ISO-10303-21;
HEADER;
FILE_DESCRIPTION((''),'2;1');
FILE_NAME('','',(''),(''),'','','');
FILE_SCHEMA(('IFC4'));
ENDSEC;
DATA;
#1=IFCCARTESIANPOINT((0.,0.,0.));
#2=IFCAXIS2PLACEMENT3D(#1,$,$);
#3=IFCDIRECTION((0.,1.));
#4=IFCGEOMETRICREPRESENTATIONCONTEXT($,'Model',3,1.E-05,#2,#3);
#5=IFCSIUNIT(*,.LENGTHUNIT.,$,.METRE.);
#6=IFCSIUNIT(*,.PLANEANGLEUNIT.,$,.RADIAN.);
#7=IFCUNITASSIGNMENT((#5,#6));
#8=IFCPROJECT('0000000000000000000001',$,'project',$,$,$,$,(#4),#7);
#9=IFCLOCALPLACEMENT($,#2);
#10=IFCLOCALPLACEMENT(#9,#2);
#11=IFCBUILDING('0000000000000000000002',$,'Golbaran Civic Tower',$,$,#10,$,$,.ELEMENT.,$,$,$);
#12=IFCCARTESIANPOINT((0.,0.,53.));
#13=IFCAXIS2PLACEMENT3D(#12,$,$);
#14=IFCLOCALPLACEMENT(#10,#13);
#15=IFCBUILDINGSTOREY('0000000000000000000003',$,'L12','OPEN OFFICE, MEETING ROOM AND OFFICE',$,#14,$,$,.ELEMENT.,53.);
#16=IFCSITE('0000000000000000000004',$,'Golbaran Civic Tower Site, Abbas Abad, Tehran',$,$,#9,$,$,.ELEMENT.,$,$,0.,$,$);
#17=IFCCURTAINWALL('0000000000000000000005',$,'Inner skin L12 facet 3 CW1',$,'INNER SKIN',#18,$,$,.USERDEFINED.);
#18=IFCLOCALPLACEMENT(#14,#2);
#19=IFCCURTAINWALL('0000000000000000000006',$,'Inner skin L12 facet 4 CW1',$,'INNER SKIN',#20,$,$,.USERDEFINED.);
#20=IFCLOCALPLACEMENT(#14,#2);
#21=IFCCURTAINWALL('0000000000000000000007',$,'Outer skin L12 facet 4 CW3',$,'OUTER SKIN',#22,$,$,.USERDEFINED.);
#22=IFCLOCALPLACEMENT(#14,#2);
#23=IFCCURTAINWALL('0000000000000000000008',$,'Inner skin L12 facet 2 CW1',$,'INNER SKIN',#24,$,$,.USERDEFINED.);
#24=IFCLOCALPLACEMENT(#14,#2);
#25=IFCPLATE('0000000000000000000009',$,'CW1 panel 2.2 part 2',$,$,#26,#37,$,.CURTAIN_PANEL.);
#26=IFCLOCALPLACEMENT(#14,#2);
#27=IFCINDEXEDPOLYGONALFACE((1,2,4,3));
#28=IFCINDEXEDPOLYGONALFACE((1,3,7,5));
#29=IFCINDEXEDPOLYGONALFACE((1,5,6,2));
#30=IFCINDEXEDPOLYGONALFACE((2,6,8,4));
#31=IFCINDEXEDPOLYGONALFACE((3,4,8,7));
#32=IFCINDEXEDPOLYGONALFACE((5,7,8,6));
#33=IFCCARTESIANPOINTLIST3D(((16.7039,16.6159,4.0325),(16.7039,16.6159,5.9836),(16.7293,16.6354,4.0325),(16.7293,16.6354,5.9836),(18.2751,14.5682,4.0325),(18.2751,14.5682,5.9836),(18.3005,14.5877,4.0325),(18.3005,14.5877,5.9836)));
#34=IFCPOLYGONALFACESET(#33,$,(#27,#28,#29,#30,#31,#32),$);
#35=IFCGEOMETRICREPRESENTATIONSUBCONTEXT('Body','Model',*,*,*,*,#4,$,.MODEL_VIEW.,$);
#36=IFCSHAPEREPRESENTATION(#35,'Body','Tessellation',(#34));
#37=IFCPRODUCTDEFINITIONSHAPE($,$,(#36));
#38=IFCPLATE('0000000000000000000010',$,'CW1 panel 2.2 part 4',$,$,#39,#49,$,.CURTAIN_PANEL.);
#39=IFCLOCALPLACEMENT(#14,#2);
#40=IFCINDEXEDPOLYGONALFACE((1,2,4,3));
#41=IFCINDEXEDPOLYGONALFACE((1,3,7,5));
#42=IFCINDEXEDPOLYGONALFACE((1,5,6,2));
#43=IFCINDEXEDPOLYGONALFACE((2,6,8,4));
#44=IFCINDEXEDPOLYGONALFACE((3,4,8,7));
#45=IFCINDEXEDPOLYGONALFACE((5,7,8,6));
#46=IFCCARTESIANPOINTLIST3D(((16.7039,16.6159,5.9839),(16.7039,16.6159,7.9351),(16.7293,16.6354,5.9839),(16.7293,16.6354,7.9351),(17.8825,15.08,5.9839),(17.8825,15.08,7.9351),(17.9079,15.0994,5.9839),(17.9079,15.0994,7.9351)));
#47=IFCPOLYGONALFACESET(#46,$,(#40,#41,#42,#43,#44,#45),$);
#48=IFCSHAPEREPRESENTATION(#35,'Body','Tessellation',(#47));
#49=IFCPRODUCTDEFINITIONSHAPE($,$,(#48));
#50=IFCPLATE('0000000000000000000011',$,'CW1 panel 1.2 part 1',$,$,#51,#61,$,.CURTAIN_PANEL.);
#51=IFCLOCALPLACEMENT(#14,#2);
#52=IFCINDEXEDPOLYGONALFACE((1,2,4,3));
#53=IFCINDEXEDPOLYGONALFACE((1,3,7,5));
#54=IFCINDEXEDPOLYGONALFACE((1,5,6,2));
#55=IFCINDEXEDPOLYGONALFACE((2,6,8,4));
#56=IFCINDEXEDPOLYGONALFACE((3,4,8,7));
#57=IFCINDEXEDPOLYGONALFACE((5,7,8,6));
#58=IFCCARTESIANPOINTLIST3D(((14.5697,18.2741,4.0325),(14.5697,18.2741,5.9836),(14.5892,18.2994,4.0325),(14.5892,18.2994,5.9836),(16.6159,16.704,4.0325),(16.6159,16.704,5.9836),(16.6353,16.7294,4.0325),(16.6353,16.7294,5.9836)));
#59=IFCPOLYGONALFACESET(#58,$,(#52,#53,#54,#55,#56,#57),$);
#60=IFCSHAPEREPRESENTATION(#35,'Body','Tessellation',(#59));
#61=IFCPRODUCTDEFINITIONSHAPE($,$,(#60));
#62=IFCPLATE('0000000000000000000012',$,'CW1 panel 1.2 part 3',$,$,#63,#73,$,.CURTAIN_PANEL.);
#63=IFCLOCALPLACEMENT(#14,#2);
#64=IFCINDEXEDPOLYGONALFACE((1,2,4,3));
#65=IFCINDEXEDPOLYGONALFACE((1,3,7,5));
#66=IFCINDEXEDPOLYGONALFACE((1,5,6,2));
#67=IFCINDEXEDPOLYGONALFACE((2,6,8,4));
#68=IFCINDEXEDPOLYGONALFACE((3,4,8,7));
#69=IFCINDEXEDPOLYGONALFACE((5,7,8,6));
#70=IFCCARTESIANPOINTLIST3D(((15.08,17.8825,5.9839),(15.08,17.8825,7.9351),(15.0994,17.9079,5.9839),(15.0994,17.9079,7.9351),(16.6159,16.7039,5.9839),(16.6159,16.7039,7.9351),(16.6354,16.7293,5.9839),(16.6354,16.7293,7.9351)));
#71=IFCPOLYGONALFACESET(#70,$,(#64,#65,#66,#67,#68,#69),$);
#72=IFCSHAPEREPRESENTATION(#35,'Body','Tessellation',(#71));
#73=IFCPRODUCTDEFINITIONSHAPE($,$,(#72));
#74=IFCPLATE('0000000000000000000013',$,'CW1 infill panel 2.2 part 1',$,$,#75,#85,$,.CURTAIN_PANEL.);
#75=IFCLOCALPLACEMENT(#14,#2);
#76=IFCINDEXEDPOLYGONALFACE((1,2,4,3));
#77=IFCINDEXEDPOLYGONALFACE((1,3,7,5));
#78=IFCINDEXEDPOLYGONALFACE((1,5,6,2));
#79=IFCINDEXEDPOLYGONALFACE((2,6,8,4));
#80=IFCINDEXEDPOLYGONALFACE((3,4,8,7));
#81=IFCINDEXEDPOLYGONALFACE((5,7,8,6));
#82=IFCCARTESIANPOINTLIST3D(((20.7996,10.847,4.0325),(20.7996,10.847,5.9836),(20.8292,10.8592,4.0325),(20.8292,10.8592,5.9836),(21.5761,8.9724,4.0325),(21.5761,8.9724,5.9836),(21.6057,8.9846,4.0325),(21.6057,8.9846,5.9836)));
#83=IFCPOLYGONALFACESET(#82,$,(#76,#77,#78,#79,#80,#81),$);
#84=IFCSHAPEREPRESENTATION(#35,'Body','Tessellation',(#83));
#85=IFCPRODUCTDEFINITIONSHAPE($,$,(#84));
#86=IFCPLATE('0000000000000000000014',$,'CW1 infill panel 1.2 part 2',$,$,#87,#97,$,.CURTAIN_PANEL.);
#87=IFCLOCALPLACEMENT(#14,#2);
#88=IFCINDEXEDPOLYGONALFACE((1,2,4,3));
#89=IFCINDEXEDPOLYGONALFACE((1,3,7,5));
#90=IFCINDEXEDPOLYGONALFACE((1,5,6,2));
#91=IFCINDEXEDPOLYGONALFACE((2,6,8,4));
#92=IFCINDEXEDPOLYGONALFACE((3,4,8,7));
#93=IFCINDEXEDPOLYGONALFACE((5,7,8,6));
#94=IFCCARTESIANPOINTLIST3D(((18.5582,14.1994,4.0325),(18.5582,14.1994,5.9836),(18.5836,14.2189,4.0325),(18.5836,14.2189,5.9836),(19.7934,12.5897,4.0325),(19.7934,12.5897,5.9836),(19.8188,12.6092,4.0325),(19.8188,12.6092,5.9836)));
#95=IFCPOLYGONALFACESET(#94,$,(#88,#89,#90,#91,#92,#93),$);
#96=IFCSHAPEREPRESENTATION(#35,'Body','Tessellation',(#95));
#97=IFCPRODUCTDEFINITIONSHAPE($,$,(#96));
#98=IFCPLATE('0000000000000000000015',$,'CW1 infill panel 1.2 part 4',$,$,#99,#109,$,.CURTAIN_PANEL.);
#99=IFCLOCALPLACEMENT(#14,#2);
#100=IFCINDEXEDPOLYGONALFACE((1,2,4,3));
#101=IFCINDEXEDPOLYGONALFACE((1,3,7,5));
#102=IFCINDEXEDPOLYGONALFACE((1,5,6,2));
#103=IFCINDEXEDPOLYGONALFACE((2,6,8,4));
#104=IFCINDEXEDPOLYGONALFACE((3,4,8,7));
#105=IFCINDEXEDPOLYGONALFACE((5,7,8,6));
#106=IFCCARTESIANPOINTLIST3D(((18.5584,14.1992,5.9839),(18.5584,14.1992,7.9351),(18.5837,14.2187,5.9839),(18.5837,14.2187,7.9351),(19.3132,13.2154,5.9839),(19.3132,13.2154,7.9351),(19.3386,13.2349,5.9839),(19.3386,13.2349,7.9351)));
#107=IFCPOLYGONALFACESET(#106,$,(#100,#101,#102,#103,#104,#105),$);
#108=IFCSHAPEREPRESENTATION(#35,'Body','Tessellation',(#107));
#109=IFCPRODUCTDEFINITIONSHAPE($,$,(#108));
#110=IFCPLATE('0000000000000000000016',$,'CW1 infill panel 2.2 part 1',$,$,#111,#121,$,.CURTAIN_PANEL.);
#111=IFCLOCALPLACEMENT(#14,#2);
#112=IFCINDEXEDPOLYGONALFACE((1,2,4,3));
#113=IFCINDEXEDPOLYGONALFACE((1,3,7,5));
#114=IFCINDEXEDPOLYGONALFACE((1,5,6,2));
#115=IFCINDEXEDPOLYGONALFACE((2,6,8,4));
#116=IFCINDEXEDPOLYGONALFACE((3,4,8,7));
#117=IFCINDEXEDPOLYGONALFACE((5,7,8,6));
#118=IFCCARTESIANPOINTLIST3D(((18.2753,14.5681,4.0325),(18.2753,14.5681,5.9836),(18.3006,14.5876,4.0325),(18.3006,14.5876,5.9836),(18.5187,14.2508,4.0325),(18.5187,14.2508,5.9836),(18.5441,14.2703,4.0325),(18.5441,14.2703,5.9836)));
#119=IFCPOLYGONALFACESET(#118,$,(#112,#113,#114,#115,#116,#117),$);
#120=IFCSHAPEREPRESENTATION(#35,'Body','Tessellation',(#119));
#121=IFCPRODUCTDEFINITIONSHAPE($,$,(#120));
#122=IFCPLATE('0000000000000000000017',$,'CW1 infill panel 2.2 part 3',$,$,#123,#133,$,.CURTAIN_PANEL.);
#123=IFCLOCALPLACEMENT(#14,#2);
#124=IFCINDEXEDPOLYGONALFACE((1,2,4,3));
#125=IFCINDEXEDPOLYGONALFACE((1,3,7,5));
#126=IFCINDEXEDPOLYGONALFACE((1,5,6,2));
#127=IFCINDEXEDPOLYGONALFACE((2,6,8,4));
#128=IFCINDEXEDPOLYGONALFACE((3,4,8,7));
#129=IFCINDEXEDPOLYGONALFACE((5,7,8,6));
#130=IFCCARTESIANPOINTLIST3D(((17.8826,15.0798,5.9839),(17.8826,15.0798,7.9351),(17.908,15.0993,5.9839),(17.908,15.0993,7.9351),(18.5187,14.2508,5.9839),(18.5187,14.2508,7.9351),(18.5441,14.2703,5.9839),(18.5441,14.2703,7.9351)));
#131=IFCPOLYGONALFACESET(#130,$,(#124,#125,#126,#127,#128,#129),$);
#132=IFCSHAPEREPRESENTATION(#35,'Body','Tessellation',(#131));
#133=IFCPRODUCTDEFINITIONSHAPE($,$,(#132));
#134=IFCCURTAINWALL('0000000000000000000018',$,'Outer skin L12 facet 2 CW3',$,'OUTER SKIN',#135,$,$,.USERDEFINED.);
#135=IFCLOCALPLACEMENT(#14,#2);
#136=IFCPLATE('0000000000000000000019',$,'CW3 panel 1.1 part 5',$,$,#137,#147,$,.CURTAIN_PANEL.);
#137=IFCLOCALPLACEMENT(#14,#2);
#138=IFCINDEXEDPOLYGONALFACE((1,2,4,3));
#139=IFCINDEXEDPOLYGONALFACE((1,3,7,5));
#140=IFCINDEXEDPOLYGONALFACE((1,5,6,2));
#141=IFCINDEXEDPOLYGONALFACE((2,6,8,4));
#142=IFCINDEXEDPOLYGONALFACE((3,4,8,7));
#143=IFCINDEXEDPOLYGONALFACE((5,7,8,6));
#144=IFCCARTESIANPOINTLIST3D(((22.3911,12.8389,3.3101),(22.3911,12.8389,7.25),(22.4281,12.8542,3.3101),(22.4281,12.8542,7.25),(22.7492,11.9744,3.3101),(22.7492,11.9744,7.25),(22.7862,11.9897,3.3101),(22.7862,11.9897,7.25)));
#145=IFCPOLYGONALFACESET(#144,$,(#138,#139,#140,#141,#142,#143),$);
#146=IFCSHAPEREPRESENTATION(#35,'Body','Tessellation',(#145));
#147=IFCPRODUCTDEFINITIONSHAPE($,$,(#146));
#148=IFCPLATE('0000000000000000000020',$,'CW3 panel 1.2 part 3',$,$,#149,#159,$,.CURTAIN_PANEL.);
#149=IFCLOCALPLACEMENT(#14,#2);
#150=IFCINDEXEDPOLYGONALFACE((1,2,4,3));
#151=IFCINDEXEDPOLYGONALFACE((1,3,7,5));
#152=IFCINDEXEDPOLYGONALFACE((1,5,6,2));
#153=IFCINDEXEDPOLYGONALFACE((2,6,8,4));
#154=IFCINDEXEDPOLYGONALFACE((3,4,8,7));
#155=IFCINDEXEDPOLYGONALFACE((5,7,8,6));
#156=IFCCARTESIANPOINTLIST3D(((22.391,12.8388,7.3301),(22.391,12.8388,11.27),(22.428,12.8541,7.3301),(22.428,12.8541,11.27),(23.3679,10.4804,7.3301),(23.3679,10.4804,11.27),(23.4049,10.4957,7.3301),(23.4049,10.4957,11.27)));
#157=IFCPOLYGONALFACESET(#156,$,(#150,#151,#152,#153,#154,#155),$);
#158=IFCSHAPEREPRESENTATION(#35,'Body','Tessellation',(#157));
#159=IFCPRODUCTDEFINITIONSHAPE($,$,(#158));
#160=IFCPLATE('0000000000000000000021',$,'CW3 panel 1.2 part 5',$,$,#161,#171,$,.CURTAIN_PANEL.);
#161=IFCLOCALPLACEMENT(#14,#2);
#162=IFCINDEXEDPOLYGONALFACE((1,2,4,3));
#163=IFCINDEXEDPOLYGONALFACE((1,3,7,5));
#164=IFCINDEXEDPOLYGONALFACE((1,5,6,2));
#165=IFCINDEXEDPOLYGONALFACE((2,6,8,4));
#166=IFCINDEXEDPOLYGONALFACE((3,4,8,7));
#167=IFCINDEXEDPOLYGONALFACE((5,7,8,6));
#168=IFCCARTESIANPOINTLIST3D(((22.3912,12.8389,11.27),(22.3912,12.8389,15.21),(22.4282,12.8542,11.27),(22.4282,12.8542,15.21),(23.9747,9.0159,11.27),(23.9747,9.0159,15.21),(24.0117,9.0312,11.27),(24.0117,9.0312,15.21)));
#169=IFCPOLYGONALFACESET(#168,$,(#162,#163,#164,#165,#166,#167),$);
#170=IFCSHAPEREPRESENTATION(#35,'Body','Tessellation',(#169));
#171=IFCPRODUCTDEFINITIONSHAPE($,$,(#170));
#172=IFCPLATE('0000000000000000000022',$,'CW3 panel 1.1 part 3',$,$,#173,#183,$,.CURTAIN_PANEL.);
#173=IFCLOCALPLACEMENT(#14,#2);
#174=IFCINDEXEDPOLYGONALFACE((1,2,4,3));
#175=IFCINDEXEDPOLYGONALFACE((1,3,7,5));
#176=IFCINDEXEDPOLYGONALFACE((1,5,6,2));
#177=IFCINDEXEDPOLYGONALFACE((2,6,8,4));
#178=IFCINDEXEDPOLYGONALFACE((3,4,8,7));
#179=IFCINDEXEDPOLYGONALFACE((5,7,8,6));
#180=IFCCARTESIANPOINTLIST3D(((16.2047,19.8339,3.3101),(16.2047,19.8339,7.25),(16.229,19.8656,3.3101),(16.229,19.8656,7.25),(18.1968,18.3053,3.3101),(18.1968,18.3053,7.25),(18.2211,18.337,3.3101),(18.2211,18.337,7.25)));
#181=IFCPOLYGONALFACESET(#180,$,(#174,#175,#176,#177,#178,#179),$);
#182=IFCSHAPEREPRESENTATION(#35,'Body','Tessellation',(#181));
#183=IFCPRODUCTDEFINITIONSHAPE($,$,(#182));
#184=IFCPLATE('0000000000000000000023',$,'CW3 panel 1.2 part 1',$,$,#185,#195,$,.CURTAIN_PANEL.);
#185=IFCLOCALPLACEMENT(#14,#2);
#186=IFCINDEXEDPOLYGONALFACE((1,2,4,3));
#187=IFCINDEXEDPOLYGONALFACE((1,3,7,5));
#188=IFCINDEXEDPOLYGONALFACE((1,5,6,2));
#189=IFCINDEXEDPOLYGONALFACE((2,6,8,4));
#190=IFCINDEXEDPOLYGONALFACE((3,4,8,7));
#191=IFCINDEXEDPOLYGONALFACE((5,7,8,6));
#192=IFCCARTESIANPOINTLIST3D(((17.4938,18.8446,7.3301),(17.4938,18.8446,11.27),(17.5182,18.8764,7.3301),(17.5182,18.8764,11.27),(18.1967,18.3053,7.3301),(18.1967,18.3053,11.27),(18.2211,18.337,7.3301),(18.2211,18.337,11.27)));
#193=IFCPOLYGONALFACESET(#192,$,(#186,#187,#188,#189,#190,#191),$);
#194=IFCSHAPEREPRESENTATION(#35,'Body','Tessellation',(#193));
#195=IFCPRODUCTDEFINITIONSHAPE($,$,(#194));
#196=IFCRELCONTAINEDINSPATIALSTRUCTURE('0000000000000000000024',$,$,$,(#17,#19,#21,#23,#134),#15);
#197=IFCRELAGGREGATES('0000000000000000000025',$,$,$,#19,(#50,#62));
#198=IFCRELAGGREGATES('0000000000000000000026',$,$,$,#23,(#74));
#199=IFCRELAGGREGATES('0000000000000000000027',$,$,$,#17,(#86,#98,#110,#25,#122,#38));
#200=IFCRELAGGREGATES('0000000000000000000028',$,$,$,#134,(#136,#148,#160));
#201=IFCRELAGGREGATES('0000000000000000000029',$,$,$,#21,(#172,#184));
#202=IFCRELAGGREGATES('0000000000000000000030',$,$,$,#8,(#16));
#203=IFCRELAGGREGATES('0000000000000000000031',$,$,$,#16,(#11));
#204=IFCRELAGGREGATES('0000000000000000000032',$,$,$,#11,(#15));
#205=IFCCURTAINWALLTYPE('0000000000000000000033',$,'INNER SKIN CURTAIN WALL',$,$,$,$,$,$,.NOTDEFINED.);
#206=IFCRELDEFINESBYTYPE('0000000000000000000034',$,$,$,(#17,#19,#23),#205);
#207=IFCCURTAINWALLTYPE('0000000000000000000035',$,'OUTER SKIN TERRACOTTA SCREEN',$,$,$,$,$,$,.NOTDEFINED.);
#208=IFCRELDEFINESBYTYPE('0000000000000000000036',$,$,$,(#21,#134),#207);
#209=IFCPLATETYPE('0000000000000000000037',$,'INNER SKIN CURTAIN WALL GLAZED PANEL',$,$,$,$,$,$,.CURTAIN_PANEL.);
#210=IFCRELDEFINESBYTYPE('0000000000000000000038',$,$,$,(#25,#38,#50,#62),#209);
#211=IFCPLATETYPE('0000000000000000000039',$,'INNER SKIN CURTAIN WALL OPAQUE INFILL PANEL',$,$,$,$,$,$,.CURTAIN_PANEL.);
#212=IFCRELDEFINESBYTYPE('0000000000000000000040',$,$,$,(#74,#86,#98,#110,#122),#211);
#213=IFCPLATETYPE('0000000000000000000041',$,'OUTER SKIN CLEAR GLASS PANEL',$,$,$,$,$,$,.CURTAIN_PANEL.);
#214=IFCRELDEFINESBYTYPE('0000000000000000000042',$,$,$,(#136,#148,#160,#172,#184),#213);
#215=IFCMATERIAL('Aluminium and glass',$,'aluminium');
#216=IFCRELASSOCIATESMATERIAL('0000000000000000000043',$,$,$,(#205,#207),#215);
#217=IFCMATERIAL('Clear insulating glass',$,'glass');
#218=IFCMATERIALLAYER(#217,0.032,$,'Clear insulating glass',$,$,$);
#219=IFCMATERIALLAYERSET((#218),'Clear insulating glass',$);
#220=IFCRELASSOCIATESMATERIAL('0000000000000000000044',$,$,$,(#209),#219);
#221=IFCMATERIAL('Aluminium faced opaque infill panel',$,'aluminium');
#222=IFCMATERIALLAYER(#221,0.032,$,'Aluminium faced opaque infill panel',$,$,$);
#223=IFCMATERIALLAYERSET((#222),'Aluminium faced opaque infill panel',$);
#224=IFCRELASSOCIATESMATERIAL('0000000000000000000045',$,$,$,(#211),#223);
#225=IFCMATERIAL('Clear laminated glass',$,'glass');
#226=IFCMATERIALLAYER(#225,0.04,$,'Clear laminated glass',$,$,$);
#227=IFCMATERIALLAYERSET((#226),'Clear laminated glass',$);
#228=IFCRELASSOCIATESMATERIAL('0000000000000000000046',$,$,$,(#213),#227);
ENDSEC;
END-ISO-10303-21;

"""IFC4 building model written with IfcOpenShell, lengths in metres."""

from ifc_helpers import new_model, si_unit, direction, frame, origin, origin_2d, place, context, subcontext, project, spatial, rectangle, extrude, material, layer, layer_set, type_object, element, aggregate, save


model = new_model("IFC4")

# Units and contexts
model_context = context("Model", 3, precision=1e-05, world=origin(), true_north=direction((0.0, 1.0)))
body_context = subcontext(model_context, "Body", "Model", "MODEL_VIEW")
ifc_project = project(units=[si_unit("LENGTHUNIT", "METRE"), si_unit("PLANEANGLEUNIT", "RADIAN")], contexts=[model_context])

# Site, building, storey
site_placement = place(None, origin())
site = spatial("IfcSite", under=ifc_project, at=site_placement, Name="Golbaran Civic Tower Site, Abbas Abad, Tehran", CompositionType="ELEMENT", RefElevation=0.0)
building_placement = place(site_placement, origin())
building = spatial("IfcBuilding", under=site, at=building_placement, Name="Golbaran Civic Tower", CompositionType="ELEMENT")
storey_placement = place(building_placement, frame((0.0, 0.0, 53.0)))
storey = spatial("IfcBuildingStorey", under=building, at=storey_placement, Name="L12", Description="OPEN OFFICE, MEETING ROOM AND OFFICE", CompositionType="ELEMENT", Elevation=53.0)

# Curtain walls
ifc_material_1 = material(Name="Aluminium and glass", Category="aluminium")
curtain_wall_type_1 = type_object("IfcCurtainWallType", Name="INNER SKIN CURTAIN WALL", PredefinedType="NOTDEFINED", material=ifc_material_1)
curtain_wall_1_placement = place(storey_placement, origin())
curtain_wall_1 = element("IfcCurtainWall", 1, at=curtain_wall_1_placement, inside=storey, type_object=curtain_wall_type_1, Name="Inner skin L12 facet 3 CW1", ObjectType="INNER SKIN", PredefinedType="USERDEFINED")
curtain_wall_2_placement = place(storey_placement, origin())
curtain_wall_2 = element("IfcCurtainWall", 2, at=curtain_wall_2_placement, inside=storey, type_object=curtain_wall_type_1, Name="Inner skin L12 facet 4 CW1", ObjectType="INNER SKIN", PredefinedType="USERDEFINED")
curtain_wall_type_2 = type_object("IfcCurtainWallType", Name="OUTER SKIN TERRACOTTA SCREEN", PredefinedType="NOTDEFINED", material=ifc_material_1)
curtain_wall_3_placement = place(storey_placement, origin())
curtain_wall_3 = element("IfcCurtainWall", 3, at=curtain_wall_3_placement, inside=storey, type_object=curtain_wall_type_2, Name="Outer skin L12 facet 4 CW3", ObjectType="OUTER SKIN", PredefinedType="USERDEFINED")

# Curtain wall
curtain_wall_4_placement = place(storey_placement, origin())
curtain_wall_4 = element("IfcCurtainWall", 4, at=curtain_wall_4_placement, inside=storey, type_object=curtain_wall_type_1, Name="Inner skin L12 facet 2 CW1", ObjectType="INNER SKIN", PredefinedType="USERDEFINED")
ifc_material_2 = material(Name="Clear insulating glass", Category="glass")
ifc_layer_1 = layer(ifc_material_2, 0.032, Name="Clear insulating glass")
ifc_layer_set_1 = layer_set([ifc_layer_1], Name="Clear insulating glass")
plate_type_1 = type_object("IfcPlateType", Name="INNER SKIN CURTAIN WALL GLAZED PANEL", PredefinedType="CURTAIN_PANEL", material=ifc_layer_set_1)

# Plates
plate_1_placement = place(storey_placement, frame((17.5022, 15.6018, 4.0325), z_axis=(0.0, 0.0, 1.0), x_axis=(-0.608761, 0.793353, 0.0)))
plate_1 = element("IfcPlate", 5, at=plate_1_placement, type_object=plate_type_1, Name="CW1 panel 2.2 part 2", PredefinedType="CURTAIN_PANEL", context=body_context, shape_type="SweptSolid", body=[
    extrude(rectangle(XDim=2.5811, YDim=0.032, at=origin_2d()), origin(), (0.0, 0.0, 1.0), 1.9512),
])
plate_2_placement = place(storey_placement, frame((17.3059, 15.8577, 5.9839), z_axis=(0.0, 0.0, 1.0), x_axis=(-0.608761, 0.793353, 0.0)))
plate_2 = element("IfcPlate", 6, at=plate_2_placement, type_object=plate_type_1, Name="CW1 panel 2.2 part 4", PredefinedType="CURTAIN_PANEL", context=body_context, shape_type="SweptSolid", body=[
    extrude(rectangle(XDim=1.936, YDim=0.032, at=origin_2d()), origin(), (0.0, 0.0, 1.0), 1.9512),
])
plate_3_placement = place(storey_placement, frame((15.6025, 17.5017, 4.0325), z_axis=(0.0, 0.0, 1.0), x_axis=(-0.793353, 0.608761, 0.0)))
plate_3 = element("IfcPlate", 7, at=plate_3_placement, type_object=plate_type_1, Name="CW1 panel 1.2 part 1", PredefinedType="CURTAIN_PANEL", context=body_context, shape_type="SweptSolid", body=[
    extrude(rectangle(XDim=2.5791, YDim=0.032, at=origin_2d()), origin(), (0.0, 0.0, 1.0), 1.9512),
])
plate_4_placement = place(storey_placement, frame((15.8577, 17.3059, 5.9839), z_axis=(0.0, 0.0, 1.0), x_axis=(-0.793353, 0.608761, 0.0)))
plate_4 = element("IfcPlate", 8, at=plate_4_placement, type_object=plate_type_1, Name="CW1 panel 1.2 part 3", PredefinedType="CURTAIN_PANEL", context=body_context, shape_type="SweptSolid", body=[
    extrude(rectangle(XDim=1.936, YDim=0.032, at=origin_2d()), origin(), (0.0, 0.0, 1.0), 1.9512),
])
aggregate(curtain_wall_2, [plate_3, plate_4])
ifc_material_3 = material(Name="Aluminium faced opaque infill panel", Category="aluminium")
ifc_layer_2 = layer(ifc_material_3, 0.032, Name="Aluminium faced opaque infill panel")
ifc_layer_set_2 = layer_set([ifc_layer_2], Name="Aluminium faced opaque infill panel")
plate_type_2 = type_object("IfcPlateType", Name="INNER SKIN CURTAIN WALL OPAQUE INFILL PANEL", PredefinedType="CURTAIN_PANEL", material=ifc_layer_set_2)
plate_5_placement = place(storey_placement, frame((21.2026, 9.9158, 4.0325), z_axis=(0.0, 0.0, 1.0), x_axis=(-0.382683, 0.92388, 0.0)))
plate_5 = element("IfcPlate", 9, at=plate_5_placement, type_object=plate_type_2, Name="CW1 infill panel 2.2 part 1", PredefinedType="CURTAIN_PANEL", context=body_context, shape_type="SweptSolid", body=[
    extrude(rectangle(XDim=2.0291, YDim=0.032, at=origin_2d()), origin(), (0.0, 0.0, 1.0), 1.9512),
])
aggregate(curtain_wall_4, [plate_5])
plate_6_placement = place(storey_placement, frame((19.1885, 13.4043, 4.0325), z_axis=(0.0, 0.0, 1.0), x_axis=(-0.608761, 0.793353, 0.0)))
plate_6 = element("IfcPlate", 10, at=plate_6_placement, type_object=plate_type_2, Name="CW1 infill panel 1.2 part 2", PredefinedType="CURTAIN_PANEL", context=body_context, shape_type="SweptSolid", body=[
    extrude(rectangle(XDim=2.0291, YDim=0.032, at=origin_2d()), origin(), (0.0, 0.0, 1.0), 1.9512),
])
plate_7_placement = place(storey_placement, frame((18.9485, 13.717, 5.9839), z_axis=(0.0, 0.0, 1.0), x_axis=(-0.608761, 0.793353, 0.0)))
plate_7 = element("IfcPlate", 11, at=plate_7_placement, type_object=plate_type_2, Name="CW1 infill panel 1.2 part 4", PredefinedType="CURTAIN_PANEL", context=body_context, shape_type="SweptSolid", body=[
    extrude(rectangle(XDim=1.24, YDim=0.032, at=origin_2d()), origin(), (0.0, 0.0, 1.0), 1.9512),
])
plate_8_placement = place(storey_placement, frame((18.4097, 14.4192, 4.0325), z_axis=(0.0, 0.0, 1.0), x_axis=(-0.608761, 0.793353, 0.0)))
plate_8 = element("IfcPlate", 12, at=plate_8_placement, type_object=plate_type_2, Name="CW1 infill panel 2.2 part 1", PredefinedType="CURTAIN_PANEL", context=body_context, shape_type="SweptSolid", body=[
    extrude(rectangle(XDim=0.3999, YDim=0.032, at=origin_2d()), origin(), (0.0, 0.0, 1.0), 1.9512),
])
plate_9_placement = place(storey_placement, frame((18.2134, 14.675, 5.9839), z_axis=(0.0, 0.0, 1.0), x_axis=(-0.608761, 0.793353, 0.0)))
plate_9 = element("IfcPlate", 13, at=plate_9_placement, type_object=plate_type_2, Name="CW1 infill panel 2.2 part 3", PredefinedType="CURTAIN_PANEL", context=body_context, shape_type="SweptSolid", body=[
    extrude(rectangle(XDim=1.0449, YDim=0.032, at=origin_2d()), origin(), (0.0, 0.0, 1.0), 1.9512),
])
aggregate(curtain_wall_1, [plate_6, plate_7, plate_8, plate_1, plate_9, plate_2])

# Curtain wall, plates
curtain_wall_5_placement = place(storey_placement, origin())
curtain_wall_5 = element("IfcCurtainWall", 14, at=curtain_wall_5_placement, inside=storey, type_object=curtain_wall_type_2, Name="Outer skin L12 facet 2 CW3", ObjectType="OUTER SKIN", PredefinedType="USERDEFINED")
ifc_material_4 = material(Name="Clear laminated glass", Category="glass")
ifc_layer_3 = layer(ifc_material_4, 0.04, Name="Clear laminated glass")
ifc_layer_set_3 = layer_set([ifc_layer_3], Name="Clear laminated glass")
plate_type_3 = type_object("IfcPlateType", Name="OUTER SKIN CLEAR GLASS PANEL", PredefinedType="CURTAIN_PANEL", material=ifc_layer_set_3)
plate_10_placement = place(storey_placement, frame((22.5886, 12.4143, 3.3101), z_axis=(0.0, 0.0, 1.0), x_axis=(-0.382683, 0.92388, 0.0)))
plate_10 = element("IfcPlate", 15, at=plate_10_placement, type_object=plate_type_3, Name="CW3 panel 1.1 part 5", PredefinedType="CURTAIN_PANEL", context=body_context, shape_type="SweptSolid", body=[
    extrude(rectangle(XDim=0.9358, YDim=0.04, at=origin_2d()), origin(), (0.0, 0.0, 1.0), 3.9399),
])
plate_11_placement = place(storey_placement, frame((22.8979, 11.6672, 7.3301), z_axis=(0.0, 0.0, 1.0), x_axis=(-0.382683, 0.92388, 0.0)))
plate_11 = element("IfcPlate", 16, at=plate_11_placement, type_object=plate_type_3, Name="CW3 panel 1.2 part 3", PredefinedType="CURTAIN_PANEL", context=body_context, shape_type="SweptSolid", body=[
    extrude(rectangle(XDim=2.5527, YDim=0.04, at=origin_2d()), origin(), (0.0, 0.0, 1.0), 3.9399),
])
plate_12_placement = place(storey_placement, frame((23.2014, 10.9351, 11.27), z_axis=(0.0, 0.0, 1.0), x_axis=(-0.382683, 0.92388, 0.0)))
plate_12 = element("IfcPlate", 17, at=plate_12_placement, type_object=plate_type_3, Name="CW3 panel 1.2 part 5", PredefinedType="CURTAIN_PANEL", context=body_context, shape_type="SweptSolid", body=[
    extrude(rectangle(XDim=4.1379, YDim=0.04, at=origin_2d()), origin(), (0.0, 0.0, 1.0), 3.9399),
])
aggregate(curtain_wall_5, [plate_10, plate_11, plate_12])

# Plates
plate_13_placement = place(storey_placement, frame((17.2129, 19.0854, 3.3101), z_axis=(0.0, 0.0, 1.0), x_axis=(-0.793353, 0.608761, 0.0)))
plate_13 = element("IfcPlate", 18, at=plate_13_placement, type_object=plate_type_3, Name="CW3 panel 1.1 part 3", PredefinedType="CURTAIN_PANEL", context=body_context, shape_type="SweptSolid", body=[
    extrude(rectangle(XDim=2.511, YDim=0.04, at=origin_2d()), origin(), (0.0, 0.0, 1.0), 3.9399),
])
plate_14_placement = place(storey_placement, frame((17.8574, 18.5908, 7.3301), z_axis=(0.0, 0.0, 1.0), x_axis=(-0.793353, 0.608761, 0.0)))
plate_14 = element("IfcPlate", 19, at=plate_14_placement, type_object=plate_type_3, Name="CW3 panel 1.2 part 1", PredefinedType="CURTAIN_PANEL", context=body_context, shape_type="SweptSolid", body=[
    extrude(rectangle(XDim=0.886, YDim=0.04, at=origin_2d()), origin(), (0.0, 0.0, 1.0), 3.9399),
])
aggregate(curtain_wall_3, [plate_13, plate_14])

save(model, "model.ifc")
